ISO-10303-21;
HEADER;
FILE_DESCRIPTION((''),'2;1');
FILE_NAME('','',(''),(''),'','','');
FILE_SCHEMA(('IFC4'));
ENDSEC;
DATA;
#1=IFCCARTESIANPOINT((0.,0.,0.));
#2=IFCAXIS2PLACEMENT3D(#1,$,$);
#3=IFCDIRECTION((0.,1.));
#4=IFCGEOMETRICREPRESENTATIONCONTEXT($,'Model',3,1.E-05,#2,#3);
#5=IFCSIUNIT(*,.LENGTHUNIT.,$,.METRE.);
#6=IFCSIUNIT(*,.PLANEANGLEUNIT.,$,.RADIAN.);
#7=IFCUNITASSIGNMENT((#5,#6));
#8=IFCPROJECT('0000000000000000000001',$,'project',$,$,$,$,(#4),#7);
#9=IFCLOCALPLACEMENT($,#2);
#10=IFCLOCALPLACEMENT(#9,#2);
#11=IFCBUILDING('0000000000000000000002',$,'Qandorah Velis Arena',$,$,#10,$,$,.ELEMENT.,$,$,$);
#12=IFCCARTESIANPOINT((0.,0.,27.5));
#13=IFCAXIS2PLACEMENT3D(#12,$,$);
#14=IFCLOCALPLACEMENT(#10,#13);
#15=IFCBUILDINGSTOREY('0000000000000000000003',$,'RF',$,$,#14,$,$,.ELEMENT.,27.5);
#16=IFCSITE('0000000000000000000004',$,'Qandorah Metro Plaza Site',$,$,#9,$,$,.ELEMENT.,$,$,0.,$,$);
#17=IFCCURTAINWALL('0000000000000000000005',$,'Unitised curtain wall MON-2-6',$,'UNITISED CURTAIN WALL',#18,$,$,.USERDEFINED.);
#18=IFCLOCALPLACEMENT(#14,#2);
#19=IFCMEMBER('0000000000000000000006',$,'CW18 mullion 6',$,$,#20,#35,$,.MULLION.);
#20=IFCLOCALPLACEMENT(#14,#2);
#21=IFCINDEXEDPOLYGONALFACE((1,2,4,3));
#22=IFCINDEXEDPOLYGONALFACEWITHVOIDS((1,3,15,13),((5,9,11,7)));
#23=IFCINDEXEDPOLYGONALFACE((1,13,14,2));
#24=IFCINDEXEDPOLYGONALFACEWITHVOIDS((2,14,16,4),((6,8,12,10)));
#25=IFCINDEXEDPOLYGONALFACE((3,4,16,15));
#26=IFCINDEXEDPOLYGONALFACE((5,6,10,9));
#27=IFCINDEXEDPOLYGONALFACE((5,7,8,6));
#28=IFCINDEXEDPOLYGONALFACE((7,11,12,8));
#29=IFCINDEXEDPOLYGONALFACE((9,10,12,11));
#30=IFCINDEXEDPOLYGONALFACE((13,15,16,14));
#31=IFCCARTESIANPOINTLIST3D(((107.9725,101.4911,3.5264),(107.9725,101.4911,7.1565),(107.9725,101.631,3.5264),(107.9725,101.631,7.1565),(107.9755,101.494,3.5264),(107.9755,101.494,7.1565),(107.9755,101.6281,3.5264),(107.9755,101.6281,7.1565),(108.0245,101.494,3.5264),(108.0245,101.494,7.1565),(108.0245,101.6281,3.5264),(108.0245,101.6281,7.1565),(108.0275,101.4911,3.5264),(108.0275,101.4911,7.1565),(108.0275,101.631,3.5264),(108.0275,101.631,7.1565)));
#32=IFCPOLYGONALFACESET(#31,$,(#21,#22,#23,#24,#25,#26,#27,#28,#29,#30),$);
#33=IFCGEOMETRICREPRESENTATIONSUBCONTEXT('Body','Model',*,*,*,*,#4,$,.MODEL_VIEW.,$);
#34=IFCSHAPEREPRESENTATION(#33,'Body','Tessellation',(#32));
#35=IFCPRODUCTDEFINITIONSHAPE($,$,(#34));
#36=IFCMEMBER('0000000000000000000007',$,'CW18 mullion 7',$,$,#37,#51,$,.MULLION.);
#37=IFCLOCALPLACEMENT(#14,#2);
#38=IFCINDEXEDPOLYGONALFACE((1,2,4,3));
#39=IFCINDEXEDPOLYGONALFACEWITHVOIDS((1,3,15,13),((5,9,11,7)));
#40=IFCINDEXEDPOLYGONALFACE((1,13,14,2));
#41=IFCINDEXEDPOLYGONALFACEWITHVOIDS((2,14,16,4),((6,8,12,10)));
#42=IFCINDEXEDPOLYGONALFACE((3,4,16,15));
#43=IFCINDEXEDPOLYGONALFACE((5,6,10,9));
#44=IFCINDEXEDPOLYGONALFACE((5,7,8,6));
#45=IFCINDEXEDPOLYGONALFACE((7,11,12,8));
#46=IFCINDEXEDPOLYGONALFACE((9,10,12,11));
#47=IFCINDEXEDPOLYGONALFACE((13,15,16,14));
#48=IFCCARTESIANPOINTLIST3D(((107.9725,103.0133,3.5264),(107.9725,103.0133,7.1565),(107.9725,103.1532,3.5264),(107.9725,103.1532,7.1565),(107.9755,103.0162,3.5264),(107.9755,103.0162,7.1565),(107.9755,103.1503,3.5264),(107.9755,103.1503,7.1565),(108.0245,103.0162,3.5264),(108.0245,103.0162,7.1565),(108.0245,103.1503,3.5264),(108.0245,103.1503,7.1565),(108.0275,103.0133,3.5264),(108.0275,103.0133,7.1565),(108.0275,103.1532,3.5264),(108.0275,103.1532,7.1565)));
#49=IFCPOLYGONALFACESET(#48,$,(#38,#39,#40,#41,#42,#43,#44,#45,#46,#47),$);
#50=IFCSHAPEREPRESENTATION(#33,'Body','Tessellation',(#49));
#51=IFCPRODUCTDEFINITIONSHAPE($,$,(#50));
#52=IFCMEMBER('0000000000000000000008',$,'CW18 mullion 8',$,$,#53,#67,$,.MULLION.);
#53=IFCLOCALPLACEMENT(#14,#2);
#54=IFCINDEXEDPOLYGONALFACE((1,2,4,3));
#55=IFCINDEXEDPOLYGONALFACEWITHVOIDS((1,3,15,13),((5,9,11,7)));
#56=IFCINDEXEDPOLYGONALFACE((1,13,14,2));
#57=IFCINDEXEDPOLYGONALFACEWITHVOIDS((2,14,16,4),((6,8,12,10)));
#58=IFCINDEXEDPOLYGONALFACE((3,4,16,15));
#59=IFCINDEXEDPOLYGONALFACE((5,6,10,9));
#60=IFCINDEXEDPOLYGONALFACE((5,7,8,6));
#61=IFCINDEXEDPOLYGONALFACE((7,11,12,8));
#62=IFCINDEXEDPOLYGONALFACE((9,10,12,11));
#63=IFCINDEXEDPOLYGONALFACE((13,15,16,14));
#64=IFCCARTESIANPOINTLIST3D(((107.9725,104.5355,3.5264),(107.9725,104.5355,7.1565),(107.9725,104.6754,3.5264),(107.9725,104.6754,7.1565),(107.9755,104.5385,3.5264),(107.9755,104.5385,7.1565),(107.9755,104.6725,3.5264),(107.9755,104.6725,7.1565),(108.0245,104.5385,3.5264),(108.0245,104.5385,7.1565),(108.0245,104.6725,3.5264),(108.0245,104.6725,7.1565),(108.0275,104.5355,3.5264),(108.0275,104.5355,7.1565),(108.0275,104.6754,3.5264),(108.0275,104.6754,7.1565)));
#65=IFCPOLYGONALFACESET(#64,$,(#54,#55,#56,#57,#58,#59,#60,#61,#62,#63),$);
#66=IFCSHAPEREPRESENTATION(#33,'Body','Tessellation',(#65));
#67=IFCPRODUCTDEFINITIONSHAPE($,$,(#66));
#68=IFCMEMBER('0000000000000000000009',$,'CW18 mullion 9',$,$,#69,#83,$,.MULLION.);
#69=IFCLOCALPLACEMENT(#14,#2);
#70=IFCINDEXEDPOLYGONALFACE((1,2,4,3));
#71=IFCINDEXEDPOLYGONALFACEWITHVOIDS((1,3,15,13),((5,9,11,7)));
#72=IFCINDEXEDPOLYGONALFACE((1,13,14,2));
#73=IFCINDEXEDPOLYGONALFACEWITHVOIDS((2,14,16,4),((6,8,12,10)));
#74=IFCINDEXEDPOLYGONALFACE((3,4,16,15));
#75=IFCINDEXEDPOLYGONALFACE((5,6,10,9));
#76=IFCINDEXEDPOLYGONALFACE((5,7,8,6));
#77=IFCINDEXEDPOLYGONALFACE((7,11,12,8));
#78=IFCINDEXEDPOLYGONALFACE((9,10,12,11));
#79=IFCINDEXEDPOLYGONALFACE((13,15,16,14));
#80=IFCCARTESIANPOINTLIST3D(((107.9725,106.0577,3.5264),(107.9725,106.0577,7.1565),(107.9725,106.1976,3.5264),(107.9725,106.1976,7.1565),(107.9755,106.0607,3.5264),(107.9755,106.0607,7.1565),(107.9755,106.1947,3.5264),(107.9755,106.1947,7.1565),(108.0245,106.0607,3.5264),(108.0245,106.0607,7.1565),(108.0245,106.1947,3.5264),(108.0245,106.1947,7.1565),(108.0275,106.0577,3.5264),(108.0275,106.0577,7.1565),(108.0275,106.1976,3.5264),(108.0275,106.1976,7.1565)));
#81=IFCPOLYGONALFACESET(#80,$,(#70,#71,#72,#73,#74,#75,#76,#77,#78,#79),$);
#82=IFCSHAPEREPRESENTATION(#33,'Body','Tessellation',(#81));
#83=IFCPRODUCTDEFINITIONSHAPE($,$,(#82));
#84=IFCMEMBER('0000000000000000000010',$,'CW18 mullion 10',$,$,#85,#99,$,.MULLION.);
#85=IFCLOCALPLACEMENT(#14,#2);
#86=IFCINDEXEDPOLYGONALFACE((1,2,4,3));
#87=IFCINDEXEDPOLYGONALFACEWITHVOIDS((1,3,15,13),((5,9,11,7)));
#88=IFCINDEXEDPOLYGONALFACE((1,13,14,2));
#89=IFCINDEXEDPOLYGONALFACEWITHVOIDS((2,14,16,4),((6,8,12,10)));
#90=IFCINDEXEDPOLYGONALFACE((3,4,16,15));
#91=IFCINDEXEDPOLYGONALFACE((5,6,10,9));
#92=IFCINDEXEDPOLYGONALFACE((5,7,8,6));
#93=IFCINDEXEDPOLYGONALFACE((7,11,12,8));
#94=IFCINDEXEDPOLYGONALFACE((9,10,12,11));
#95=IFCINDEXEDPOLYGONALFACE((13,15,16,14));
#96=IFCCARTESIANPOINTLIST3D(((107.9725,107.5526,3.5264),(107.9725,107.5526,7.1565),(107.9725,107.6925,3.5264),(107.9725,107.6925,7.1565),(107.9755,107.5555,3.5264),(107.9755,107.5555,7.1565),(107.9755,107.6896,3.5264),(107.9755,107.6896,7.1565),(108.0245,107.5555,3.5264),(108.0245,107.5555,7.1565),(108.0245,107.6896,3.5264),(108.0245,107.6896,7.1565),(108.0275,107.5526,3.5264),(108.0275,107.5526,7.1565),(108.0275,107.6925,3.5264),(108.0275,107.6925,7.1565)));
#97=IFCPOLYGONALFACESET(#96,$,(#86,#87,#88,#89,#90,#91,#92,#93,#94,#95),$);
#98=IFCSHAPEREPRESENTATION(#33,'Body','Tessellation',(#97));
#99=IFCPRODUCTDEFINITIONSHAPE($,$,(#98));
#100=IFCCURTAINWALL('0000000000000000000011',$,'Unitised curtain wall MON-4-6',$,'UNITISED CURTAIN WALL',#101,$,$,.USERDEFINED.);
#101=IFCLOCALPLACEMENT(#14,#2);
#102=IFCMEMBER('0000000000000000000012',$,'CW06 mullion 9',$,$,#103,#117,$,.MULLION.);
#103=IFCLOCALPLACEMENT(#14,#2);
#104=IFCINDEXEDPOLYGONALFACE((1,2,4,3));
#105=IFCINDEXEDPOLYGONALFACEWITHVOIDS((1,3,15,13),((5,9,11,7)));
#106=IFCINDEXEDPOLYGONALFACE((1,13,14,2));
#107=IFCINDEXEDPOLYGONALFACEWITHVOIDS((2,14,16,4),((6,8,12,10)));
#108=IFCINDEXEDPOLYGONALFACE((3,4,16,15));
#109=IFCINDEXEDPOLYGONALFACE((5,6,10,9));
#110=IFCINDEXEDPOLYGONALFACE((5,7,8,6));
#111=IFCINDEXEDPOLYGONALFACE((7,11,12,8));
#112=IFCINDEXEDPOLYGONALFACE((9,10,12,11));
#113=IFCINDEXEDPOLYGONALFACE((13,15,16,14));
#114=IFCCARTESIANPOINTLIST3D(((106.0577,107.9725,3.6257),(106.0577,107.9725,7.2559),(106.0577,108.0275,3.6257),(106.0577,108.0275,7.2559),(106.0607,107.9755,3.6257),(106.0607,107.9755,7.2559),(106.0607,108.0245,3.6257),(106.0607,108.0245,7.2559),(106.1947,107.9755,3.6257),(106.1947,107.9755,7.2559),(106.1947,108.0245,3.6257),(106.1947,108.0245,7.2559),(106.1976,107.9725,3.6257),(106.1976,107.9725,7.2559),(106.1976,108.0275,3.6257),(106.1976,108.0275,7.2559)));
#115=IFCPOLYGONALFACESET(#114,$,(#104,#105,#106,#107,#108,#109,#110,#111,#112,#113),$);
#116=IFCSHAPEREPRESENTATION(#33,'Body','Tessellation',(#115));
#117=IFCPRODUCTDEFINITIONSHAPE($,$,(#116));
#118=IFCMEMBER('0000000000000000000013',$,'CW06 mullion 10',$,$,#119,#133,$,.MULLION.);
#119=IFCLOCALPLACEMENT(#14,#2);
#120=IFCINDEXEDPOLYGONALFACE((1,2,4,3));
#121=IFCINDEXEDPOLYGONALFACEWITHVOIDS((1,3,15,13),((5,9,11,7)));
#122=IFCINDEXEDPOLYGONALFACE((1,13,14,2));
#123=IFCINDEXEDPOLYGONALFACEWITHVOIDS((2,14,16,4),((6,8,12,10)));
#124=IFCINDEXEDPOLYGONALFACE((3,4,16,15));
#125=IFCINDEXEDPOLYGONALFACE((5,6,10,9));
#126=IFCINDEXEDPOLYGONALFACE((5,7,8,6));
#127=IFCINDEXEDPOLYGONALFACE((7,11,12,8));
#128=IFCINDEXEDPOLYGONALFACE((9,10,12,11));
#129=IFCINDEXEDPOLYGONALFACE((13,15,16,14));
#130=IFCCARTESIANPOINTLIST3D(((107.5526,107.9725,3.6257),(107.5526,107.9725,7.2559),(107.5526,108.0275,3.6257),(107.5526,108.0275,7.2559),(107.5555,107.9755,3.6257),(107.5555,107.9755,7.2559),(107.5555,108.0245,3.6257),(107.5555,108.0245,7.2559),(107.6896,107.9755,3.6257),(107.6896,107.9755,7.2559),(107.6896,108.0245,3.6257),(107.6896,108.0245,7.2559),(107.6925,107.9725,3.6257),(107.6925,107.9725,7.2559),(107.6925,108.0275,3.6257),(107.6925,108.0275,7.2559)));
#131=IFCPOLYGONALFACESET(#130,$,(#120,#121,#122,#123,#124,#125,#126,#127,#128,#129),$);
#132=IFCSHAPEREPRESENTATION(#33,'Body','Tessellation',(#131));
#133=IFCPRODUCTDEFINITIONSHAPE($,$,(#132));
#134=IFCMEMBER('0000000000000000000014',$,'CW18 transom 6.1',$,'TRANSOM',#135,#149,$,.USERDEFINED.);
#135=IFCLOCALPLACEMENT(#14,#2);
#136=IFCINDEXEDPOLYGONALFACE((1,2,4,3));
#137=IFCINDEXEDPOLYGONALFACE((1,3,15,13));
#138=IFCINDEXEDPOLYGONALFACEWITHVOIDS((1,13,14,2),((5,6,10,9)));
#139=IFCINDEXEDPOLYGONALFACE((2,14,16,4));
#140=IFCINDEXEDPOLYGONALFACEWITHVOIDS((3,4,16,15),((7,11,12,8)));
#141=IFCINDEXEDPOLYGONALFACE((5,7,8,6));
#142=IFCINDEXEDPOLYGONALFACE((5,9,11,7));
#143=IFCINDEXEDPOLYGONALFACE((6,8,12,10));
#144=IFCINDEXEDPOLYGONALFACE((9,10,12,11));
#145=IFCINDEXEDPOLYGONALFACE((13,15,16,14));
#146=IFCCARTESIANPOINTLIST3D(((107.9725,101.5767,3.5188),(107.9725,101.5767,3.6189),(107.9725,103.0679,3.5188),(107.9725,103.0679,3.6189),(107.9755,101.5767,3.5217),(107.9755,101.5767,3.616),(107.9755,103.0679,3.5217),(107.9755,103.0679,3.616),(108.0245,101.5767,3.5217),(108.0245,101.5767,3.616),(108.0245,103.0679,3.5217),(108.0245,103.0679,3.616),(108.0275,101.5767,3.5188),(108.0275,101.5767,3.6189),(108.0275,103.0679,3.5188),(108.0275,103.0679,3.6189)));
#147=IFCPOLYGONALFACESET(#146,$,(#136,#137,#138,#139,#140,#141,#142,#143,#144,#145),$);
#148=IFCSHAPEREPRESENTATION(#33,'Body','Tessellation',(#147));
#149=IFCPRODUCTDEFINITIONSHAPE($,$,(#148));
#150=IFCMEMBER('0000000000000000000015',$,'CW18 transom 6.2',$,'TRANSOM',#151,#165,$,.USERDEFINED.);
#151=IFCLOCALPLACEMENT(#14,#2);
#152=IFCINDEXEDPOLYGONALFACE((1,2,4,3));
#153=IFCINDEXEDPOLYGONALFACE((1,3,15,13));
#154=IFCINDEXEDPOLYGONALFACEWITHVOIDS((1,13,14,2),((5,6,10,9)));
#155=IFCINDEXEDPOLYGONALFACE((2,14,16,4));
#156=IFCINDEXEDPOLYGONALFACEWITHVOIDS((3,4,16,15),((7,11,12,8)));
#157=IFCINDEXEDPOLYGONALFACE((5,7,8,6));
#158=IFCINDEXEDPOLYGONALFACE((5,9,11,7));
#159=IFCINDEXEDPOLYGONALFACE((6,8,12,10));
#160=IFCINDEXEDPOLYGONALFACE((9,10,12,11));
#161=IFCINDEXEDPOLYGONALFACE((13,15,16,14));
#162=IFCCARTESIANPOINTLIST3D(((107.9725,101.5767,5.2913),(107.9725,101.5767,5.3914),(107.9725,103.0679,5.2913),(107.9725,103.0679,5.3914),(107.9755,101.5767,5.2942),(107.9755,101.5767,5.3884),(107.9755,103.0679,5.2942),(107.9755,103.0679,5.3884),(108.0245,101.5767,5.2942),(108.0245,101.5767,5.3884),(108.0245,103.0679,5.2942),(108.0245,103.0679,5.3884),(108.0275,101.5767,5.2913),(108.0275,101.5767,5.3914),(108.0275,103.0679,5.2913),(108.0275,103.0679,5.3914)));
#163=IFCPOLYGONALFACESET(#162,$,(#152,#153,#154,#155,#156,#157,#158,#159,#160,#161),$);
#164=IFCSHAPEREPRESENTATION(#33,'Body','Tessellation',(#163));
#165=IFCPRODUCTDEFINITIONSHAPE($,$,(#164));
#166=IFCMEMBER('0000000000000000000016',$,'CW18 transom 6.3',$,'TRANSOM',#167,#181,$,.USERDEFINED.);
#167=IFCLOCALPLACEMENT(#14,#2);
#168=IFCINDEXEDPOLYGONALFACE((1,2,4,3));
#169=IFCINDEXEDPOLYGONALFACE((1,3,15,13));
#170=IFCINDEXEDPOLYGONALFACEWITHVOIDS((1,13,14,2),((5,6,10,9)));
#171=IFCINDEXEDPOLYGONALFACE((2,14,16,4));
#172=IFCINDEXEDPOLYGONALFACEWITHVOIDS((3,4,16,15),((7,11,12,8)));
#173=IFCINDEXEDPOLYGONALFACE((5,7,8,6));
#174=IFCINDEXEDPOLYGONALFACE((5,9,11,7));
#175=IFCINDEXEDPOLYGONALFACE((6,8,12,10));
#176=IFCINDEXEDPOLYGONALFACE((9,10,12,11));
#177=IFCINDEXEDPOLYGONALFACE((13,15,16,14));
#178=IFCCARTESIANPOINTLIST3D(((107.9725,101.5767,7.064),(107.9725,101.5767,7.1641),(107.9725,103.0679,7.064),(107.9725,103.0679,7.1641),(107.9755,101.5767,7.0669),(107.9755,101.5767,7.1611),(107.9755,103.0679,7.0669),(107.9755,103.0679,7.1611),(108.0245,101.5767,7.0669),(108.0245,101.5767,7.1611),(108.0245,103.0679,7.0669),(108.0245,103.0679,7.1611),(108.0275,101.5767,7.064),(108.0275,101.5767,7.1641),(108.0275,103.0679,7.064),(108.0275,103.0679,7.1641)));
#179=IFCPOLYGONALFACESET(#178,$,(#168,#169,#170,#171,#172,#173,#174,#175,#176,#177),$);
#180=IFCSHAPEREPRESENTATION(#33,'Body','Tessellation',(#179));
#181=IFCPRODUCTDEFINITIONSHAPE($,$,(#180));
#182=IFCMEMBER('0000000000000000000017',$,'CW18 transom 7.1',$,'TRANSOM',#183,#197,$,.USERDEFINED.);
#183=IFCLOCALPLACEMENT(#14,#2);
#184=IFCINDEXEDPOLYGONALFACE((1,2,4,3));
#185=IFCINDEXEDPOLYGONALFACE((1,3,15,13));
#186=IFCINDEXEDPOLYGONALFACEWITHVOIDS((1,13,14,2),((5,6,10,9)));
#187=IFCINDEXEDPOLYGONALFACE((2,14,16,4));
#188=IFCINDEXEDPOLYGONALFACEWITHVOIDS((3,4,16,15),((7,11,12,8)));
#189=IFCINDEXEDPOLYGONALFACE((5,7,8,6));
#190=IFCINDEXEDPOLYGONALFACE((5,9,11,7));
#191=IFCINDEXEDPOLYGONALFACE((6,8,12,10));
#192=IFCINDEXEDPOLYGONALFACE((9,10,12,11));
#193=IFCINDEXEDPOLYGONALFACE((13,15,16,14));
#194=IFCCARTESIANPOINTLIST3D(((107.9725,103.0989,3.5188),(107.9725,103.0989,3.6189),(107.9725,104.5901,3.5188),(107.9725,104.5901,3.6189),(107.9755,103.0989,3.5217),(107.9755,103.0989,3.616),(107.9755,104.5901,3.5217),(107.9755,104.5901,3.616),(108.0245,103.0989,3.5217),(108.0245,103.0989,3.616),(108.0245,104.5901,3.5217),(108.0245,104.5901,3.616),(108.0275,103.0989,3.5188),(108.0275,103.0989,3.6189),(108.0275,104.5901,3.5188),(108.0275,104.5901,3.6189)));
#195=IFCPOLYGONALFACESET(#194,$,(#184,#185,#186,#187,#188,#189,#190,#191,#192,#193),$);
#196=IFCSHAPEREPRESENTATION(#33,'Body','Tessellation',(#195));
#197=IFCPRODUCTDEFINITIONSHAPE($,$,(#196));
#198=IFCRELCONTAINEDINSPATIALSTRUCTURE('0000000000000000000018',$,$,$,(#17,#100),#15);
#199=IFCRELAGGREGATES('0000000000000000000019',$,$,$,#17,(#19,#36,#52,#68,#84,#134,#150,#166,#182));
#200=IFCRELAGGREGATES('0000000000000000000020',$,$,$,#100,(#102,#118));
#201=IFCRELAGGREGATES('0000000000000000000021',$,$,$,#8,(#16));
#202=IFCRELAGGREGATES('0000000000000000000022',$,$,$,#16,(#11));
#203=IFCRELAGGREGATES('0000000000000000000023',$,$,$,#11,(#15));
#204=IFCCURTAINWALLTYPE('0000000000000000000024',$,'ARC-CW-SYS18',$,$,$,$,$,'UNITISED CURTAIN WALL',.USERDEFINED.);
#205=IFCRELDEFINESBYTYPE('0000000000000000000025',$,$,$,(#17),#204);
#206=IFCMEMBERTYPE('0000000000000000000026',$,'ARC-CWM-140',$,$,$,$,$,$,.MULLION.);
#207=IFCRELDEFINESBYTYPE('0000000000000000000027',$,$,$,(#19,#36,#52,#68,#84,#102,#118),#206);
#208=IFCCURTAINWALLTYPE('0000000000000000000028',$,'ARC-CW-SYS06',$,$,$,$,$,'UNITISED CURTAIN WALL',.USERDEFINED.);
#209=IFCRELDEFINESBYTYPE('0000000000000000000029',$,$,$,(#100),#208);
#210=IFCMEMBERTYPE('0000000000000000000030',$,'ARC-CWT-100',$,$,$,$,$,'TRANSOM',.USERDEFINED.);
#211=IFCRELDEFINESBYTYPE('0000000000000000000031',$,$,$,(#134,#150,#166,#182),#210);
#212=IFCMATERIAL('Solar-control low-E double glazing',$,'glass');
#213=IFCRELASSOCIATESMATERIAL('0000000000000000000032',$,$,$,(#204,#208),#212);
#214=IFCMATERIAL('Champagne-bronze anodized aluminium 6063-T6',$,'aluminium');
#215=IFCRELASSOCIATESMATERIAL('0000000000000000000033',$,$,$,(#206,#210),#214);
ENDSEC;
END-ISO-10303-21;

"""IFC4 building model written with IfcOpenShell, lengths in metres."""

from ifc_helpers import new_model, si_unit, direction, frame, origin, origin_2d, place, context, subcontext, project, spatial, hollow_rectangle, extrude, material, material_profile, profile_set, type_object, element, aggregate, save


model = new_model("IFC4")

# Units and contexts
model_context = context("Model", 3, precision=1e-05, world=origin(), true_north=direction((0.0, 1.0)))
body_context = subcontext(model_context, "Body", "Model", "MODEL_VIEW")
ifc_project = project(units=[si_unit("LENGTHUNIT", "METRE"), si_unit("PLANEANGLEUNIT", "RADIAN")], contexts=[model_context])

# Site, building, storey
site_placement = place(None, origin())
site = spatial("IfcSite", under=ifc_project, at=site_placement, Name="Qandorah Metro Plaza Site", CompositionType="ELEMENT", RefElevation=0.0)
building_placement = place(site_placement, origin())
building = spatial("IfcBuilding", under=site, at=building_placement, Name="Qandorah Velis Arena", CompositionType="ELEMENT")
storey_placement = place(building_placement, frame((0.0, 0.0, 27.5)))
storey = spatial("IfcBuildingStorey", under=building, at=storey_placement, Name="RF", CompositionType="ELEMENT", Elevation=27.5)

# Curtain walls, members
ifc_material_1 = material(Name="Solar-control low-E double glazing", Category="glass")
curtain_wall_type_1 = type_object("IfcCurtainWallType", Name="ARC-CW-SYS18", ElementType="UNITISED CURTAIN WALL", PredefinedType="USERDEFINED", material=ifc_material_1)
curtain_wall_1_placement = place(storey_placement, origin())
curtain_wall_1 = element("IfcCurtainWall", 1, at=curtain_wall_1_placement, inside=storey, type_object=curtain_wall_type_1, Name="Unitised curtain wall MON-2-6", ObjectType="UNITISED CURTAIN WALL", PredefinedType="USERDEFINED")
ifc_material_2 = material(Name="Champagne-bronze anodized aluminium 6063-T6", Category="aluminium")
ifc_material_profile_1 = material_profile(ifc_material_2, hollow_rectangle(XDim=0.0549, YDim=0.1399, WallThickness=0.0029, at=origin_2d()), Name="ALU MULLION 55x140")
ifc_profile_set_1 = profile_set([ifc_material_profile_1], Name="Champagne-bronze anodized aluminium 6063-T6")
member_type_1 = type_object("IfcMemberType", Name="ARC-CWM-140", PredefinedType="MULLION", material=ifc_profile_set_1)
member_1_placement = place(storey_placement, frame((108.0, 101.561, 3.5264), z_axis=(0.0, 0.0, 1.0), x_axis=(-1.0, 0.0, 0.0)))
member_1 = element("IfcMember", 2, at=member_1_placement, type_object=member_type_1, Name="CW18 mullion 6", PredefinedType="MULLION", context=body_context, shape_type="SweptSolid", body=[
    extrude(hollow_rectangle(XDim=0.0549, YDim=0.1399, WallThickness=0.0029, at=origin_2d()), origin(), (0.0, 0.0, 1.0), 3.6301),
])
member_2_placement = place(storey_placement, frame((108.0, 103.0833, 3.5264), z_axis=(0.0, 0.0, 1.0), x_axis=(-1.0, 0.0, 0.0)))
member_2 = element("IfcMember", 3, at=member_2_placement, type_object=member_type_1, Name="CW18 mullion 7", PredefinedType="MULLION", context=body_context, shape_type="SweptSolid", body=[
    extrude(hollow_rectangle(XDim=0.0549, YDim=0.1399, WallThickness=0.0029, at=origin_2d()), origin(), (0.0, 0.0, 1.0), 3.6301),
])
member_3_placement = place(storey_placement, frame((108.0, 104.6055, 3.5264), z_axis=(0.0, 0.0, 1.0), x_axis=(-1.0, 0.0, 0.0)))
member_3 = element("IfcMember", 4, at=member_3_placement, type_object=member_type_1, Name="CW18 mullion 8", PredefinedType="MULLION", context=body_context, shape_type="SweptSolid", body=[
    extrude(hollow_rectangle(XDim=0.0549, YDim=0.1399, WallThickness=0.0029, at=origin_2d()), origin(), (0.0, 0.0, 1.0), 3.6301),
])
member_4_placement = place(storey_placement, frame((108.0, 106.1277, 3.5264), z_axis=(0.0, 0.0, 1.0), x_axis=(-1.0, 0.0, 0.0)))
member_4 = element("IfcMember", 5, at=member_4_placement, type_object=member_type_1, Name="CW18 mullion 9", PredefinedType="MULLION", context=body_context, shape_type="SweptSolid", body=[
    extrude(hollow_rectangle(XDim=0.0549, YDim=0.1399, WallThickness=0.0029, at=origin_2d()), origin(), (0.0, 0.0, 1.0), 3.6301),
])
member_5_placement = place(storey_placement, frame((108.0, 107.6226, 3.5264), z_axis=(0.0, 0.0, 1.0), x_axis=(-1.0, 0.0, 0.0)))
member_5 = element("IfcMember", 6, at=member_5_placement, type_object=member_type_1, Name="CW18 mullion 10", PredefinedType="MULLION", context=body_context, shape_type="SweptSolid", body=[
    extrude(hollow_rectangle(XDim=0.0549, YDim=0.1399, WallThickness=0.0029, at=origin_2d()), origin(), (0.0, 0.0, 1.0), 3.6301),
])
curtain_wall_type_2 = type_object("IfcCurtainWallType", Name="ARC-CW-SYS06", ElementType="UNITISED CURTAIN WALL", PredefinedType="USERDEFINED", material=ifc_material_1)
curtain_wall_2_placement = place(storey_placement, origin())
curtain_wall_2 = element("IfcCurtainWall", 7, at=curtain_wall_2_placement, inside=storey, type_object=curtain_wall_type_2, Name="Unitised curtain wall MON-4-6", ObjectType="UNITISED CURTAIN WALL", PredefinedType="USERDEFINED")
member_6_placement = place(storey_placement, frame((106.1277, 108.0, 3.6257), z_axis=(0.0, 0.0, 1.0), x_axis=(0.0, 1.0, 0.0)))
member_6 = element("IfcMember", 8, at=member_6_placement, type_object=member_type_1, Name="CW06 mullion 9", PredefinedType="MULLION", context=body_context, shape_type="SweptSolid", body=[
    extrude(hollow_rectangle(XDim=0.0549, YDim=0.1399, WallThickness=0.0029, at=origin_2d()), origin(), (0.0, 0.0, 1.0), 3.6301),
])
member_7_placement = place(storey_placement, frame((107.6226, 108.0, 3.6257), z_axis=(0.0, 0.0, 1.0), x_axis=(0.0, 1.0, 0.0)))
member_7 = element("IfcMember", 9, at=member_7_placement, type_object=member_type_1, Name="CW06 mullion 10", PredefinedType="MULLION", context=body_context, shape_type="SweptSolid", body=[
    extrude(hollow_rectangle(XDim=0.0549, YDim=0.1399, WallThickness=0.0029, at=origin_2d()), origin(), (0.0, 0.0, 1.0), 3.6301),
])

# Members
ifc_material_profile_2 = material_profile(ifc_material_2, hollow_rectangle(XDim=0.0549, YDim=0.1001, WallThickness=0.0029, at=origin_2d()), Name="ALU TRANSOM 55x100")
ifc_profile_set_2 = profile_set([ifc_material_profile_2], Name="Champagne-bronze anodized aluminium 6063-T6")
member_type_2 = type_object("IfcMemberType", Name="ARC-CWT-100", ElementType="TRANSOM", PredefinedType="USERDEFINED", material=ifc_profile_set_2)
member_8_placement = place(storey_placement, frame((108.0, 101.5767, 3.5688), z_axis=(0.0, 1.0, 0.0), x_axis=(-1.0, 0.0, 0.0)))
member_8 = element("IfcMember", 10, at=member_8_placement, type_object=member_type_2, Name="CW18 transom 6.1", ObjectType="TRANSOM", PredefinedType="USERDEFINED", context=body_context, shape_type="SweptSolid", body=[
    extrude(hollow_rectangle(XDim=0.0549, YDim=0.1001, WallThickness=0.0029, at=origin_2d()), origin(), (0.0, 0.0, 1.0), 1.4912),
])
member_9_placement = place(storey_placement, frame((108.0, 101.5767, 5.3413), z_axis=(0.0, 1.0, 0.0), x_axis=(-1.0, 0.0, 0.0)))
member_9 = element("IfcMember", 11, at=member_9_placement, type_object=member_type_2, Name="CW18 transom 6.2", ObjectType="TRANSOM", PredefinedType="USERDEFINED", context=body_context, shape_type="SweptSolid", body=[
    extrude(hollow_rectangle(XDim=0.0549, YDim=0.1001, WallThickness=0.0029, at=origin_2d()), origin(), (0.0, 0.0, 1.0), 1.4912),
])
member_10_placement = place(storey_placement, frame((108.0, 101.5767, 7.114), z_axis=(0.0, 1.0, 0.0), x_axis=(-1.0, 0.0, 0.0)))
member_10 = element("IfcMember", 12, at=member_10_placement, type_object=member_type_2, Name="CW18 transom 6.3", ObjectType="TRANSOM", PredefinedType="USERDEFINED", context=body_context, shape_type="SweptSolid", body=[
    extrude(hollow_rectangle(XDim=0.0549, YDim=0.1001, WallThickness=0.0029, at=origin_2d()), origin(), (0.0, 0.0, 1.0), 1.4912),
])
member_11_placement = place(storey_placement, frame((108.0, 103.0989, 3.5688), z_axis=(0.0, 1.0, 0.0), x_axis=(-1.0, 0.0, 0.0)))
member_11 = element("IfcMember", 13, at=member_11_placement, type_object=member_type_2, Name="CW18 transom 7.1", ObjectType="TRANSOM", PredefinedType="USERDEFINED", context=body_context, shape_type="SweptSolid", body=[
    extrude(hollow_rectangle(XDim=0.0549, YDim=0.1001, WallThickness=0.0029, at=origin_2d()), origin(), (0.0, 0.0, 1.0), 1.4912),
])

aggregate(curtain_wall_1, [member_1, member_2, member_3, member_4, member_5, member_8, member_9, member_10, member_11])
aggregate(curtain_wall_2, [member_6, member_7])

save(model, "model.ifc")
